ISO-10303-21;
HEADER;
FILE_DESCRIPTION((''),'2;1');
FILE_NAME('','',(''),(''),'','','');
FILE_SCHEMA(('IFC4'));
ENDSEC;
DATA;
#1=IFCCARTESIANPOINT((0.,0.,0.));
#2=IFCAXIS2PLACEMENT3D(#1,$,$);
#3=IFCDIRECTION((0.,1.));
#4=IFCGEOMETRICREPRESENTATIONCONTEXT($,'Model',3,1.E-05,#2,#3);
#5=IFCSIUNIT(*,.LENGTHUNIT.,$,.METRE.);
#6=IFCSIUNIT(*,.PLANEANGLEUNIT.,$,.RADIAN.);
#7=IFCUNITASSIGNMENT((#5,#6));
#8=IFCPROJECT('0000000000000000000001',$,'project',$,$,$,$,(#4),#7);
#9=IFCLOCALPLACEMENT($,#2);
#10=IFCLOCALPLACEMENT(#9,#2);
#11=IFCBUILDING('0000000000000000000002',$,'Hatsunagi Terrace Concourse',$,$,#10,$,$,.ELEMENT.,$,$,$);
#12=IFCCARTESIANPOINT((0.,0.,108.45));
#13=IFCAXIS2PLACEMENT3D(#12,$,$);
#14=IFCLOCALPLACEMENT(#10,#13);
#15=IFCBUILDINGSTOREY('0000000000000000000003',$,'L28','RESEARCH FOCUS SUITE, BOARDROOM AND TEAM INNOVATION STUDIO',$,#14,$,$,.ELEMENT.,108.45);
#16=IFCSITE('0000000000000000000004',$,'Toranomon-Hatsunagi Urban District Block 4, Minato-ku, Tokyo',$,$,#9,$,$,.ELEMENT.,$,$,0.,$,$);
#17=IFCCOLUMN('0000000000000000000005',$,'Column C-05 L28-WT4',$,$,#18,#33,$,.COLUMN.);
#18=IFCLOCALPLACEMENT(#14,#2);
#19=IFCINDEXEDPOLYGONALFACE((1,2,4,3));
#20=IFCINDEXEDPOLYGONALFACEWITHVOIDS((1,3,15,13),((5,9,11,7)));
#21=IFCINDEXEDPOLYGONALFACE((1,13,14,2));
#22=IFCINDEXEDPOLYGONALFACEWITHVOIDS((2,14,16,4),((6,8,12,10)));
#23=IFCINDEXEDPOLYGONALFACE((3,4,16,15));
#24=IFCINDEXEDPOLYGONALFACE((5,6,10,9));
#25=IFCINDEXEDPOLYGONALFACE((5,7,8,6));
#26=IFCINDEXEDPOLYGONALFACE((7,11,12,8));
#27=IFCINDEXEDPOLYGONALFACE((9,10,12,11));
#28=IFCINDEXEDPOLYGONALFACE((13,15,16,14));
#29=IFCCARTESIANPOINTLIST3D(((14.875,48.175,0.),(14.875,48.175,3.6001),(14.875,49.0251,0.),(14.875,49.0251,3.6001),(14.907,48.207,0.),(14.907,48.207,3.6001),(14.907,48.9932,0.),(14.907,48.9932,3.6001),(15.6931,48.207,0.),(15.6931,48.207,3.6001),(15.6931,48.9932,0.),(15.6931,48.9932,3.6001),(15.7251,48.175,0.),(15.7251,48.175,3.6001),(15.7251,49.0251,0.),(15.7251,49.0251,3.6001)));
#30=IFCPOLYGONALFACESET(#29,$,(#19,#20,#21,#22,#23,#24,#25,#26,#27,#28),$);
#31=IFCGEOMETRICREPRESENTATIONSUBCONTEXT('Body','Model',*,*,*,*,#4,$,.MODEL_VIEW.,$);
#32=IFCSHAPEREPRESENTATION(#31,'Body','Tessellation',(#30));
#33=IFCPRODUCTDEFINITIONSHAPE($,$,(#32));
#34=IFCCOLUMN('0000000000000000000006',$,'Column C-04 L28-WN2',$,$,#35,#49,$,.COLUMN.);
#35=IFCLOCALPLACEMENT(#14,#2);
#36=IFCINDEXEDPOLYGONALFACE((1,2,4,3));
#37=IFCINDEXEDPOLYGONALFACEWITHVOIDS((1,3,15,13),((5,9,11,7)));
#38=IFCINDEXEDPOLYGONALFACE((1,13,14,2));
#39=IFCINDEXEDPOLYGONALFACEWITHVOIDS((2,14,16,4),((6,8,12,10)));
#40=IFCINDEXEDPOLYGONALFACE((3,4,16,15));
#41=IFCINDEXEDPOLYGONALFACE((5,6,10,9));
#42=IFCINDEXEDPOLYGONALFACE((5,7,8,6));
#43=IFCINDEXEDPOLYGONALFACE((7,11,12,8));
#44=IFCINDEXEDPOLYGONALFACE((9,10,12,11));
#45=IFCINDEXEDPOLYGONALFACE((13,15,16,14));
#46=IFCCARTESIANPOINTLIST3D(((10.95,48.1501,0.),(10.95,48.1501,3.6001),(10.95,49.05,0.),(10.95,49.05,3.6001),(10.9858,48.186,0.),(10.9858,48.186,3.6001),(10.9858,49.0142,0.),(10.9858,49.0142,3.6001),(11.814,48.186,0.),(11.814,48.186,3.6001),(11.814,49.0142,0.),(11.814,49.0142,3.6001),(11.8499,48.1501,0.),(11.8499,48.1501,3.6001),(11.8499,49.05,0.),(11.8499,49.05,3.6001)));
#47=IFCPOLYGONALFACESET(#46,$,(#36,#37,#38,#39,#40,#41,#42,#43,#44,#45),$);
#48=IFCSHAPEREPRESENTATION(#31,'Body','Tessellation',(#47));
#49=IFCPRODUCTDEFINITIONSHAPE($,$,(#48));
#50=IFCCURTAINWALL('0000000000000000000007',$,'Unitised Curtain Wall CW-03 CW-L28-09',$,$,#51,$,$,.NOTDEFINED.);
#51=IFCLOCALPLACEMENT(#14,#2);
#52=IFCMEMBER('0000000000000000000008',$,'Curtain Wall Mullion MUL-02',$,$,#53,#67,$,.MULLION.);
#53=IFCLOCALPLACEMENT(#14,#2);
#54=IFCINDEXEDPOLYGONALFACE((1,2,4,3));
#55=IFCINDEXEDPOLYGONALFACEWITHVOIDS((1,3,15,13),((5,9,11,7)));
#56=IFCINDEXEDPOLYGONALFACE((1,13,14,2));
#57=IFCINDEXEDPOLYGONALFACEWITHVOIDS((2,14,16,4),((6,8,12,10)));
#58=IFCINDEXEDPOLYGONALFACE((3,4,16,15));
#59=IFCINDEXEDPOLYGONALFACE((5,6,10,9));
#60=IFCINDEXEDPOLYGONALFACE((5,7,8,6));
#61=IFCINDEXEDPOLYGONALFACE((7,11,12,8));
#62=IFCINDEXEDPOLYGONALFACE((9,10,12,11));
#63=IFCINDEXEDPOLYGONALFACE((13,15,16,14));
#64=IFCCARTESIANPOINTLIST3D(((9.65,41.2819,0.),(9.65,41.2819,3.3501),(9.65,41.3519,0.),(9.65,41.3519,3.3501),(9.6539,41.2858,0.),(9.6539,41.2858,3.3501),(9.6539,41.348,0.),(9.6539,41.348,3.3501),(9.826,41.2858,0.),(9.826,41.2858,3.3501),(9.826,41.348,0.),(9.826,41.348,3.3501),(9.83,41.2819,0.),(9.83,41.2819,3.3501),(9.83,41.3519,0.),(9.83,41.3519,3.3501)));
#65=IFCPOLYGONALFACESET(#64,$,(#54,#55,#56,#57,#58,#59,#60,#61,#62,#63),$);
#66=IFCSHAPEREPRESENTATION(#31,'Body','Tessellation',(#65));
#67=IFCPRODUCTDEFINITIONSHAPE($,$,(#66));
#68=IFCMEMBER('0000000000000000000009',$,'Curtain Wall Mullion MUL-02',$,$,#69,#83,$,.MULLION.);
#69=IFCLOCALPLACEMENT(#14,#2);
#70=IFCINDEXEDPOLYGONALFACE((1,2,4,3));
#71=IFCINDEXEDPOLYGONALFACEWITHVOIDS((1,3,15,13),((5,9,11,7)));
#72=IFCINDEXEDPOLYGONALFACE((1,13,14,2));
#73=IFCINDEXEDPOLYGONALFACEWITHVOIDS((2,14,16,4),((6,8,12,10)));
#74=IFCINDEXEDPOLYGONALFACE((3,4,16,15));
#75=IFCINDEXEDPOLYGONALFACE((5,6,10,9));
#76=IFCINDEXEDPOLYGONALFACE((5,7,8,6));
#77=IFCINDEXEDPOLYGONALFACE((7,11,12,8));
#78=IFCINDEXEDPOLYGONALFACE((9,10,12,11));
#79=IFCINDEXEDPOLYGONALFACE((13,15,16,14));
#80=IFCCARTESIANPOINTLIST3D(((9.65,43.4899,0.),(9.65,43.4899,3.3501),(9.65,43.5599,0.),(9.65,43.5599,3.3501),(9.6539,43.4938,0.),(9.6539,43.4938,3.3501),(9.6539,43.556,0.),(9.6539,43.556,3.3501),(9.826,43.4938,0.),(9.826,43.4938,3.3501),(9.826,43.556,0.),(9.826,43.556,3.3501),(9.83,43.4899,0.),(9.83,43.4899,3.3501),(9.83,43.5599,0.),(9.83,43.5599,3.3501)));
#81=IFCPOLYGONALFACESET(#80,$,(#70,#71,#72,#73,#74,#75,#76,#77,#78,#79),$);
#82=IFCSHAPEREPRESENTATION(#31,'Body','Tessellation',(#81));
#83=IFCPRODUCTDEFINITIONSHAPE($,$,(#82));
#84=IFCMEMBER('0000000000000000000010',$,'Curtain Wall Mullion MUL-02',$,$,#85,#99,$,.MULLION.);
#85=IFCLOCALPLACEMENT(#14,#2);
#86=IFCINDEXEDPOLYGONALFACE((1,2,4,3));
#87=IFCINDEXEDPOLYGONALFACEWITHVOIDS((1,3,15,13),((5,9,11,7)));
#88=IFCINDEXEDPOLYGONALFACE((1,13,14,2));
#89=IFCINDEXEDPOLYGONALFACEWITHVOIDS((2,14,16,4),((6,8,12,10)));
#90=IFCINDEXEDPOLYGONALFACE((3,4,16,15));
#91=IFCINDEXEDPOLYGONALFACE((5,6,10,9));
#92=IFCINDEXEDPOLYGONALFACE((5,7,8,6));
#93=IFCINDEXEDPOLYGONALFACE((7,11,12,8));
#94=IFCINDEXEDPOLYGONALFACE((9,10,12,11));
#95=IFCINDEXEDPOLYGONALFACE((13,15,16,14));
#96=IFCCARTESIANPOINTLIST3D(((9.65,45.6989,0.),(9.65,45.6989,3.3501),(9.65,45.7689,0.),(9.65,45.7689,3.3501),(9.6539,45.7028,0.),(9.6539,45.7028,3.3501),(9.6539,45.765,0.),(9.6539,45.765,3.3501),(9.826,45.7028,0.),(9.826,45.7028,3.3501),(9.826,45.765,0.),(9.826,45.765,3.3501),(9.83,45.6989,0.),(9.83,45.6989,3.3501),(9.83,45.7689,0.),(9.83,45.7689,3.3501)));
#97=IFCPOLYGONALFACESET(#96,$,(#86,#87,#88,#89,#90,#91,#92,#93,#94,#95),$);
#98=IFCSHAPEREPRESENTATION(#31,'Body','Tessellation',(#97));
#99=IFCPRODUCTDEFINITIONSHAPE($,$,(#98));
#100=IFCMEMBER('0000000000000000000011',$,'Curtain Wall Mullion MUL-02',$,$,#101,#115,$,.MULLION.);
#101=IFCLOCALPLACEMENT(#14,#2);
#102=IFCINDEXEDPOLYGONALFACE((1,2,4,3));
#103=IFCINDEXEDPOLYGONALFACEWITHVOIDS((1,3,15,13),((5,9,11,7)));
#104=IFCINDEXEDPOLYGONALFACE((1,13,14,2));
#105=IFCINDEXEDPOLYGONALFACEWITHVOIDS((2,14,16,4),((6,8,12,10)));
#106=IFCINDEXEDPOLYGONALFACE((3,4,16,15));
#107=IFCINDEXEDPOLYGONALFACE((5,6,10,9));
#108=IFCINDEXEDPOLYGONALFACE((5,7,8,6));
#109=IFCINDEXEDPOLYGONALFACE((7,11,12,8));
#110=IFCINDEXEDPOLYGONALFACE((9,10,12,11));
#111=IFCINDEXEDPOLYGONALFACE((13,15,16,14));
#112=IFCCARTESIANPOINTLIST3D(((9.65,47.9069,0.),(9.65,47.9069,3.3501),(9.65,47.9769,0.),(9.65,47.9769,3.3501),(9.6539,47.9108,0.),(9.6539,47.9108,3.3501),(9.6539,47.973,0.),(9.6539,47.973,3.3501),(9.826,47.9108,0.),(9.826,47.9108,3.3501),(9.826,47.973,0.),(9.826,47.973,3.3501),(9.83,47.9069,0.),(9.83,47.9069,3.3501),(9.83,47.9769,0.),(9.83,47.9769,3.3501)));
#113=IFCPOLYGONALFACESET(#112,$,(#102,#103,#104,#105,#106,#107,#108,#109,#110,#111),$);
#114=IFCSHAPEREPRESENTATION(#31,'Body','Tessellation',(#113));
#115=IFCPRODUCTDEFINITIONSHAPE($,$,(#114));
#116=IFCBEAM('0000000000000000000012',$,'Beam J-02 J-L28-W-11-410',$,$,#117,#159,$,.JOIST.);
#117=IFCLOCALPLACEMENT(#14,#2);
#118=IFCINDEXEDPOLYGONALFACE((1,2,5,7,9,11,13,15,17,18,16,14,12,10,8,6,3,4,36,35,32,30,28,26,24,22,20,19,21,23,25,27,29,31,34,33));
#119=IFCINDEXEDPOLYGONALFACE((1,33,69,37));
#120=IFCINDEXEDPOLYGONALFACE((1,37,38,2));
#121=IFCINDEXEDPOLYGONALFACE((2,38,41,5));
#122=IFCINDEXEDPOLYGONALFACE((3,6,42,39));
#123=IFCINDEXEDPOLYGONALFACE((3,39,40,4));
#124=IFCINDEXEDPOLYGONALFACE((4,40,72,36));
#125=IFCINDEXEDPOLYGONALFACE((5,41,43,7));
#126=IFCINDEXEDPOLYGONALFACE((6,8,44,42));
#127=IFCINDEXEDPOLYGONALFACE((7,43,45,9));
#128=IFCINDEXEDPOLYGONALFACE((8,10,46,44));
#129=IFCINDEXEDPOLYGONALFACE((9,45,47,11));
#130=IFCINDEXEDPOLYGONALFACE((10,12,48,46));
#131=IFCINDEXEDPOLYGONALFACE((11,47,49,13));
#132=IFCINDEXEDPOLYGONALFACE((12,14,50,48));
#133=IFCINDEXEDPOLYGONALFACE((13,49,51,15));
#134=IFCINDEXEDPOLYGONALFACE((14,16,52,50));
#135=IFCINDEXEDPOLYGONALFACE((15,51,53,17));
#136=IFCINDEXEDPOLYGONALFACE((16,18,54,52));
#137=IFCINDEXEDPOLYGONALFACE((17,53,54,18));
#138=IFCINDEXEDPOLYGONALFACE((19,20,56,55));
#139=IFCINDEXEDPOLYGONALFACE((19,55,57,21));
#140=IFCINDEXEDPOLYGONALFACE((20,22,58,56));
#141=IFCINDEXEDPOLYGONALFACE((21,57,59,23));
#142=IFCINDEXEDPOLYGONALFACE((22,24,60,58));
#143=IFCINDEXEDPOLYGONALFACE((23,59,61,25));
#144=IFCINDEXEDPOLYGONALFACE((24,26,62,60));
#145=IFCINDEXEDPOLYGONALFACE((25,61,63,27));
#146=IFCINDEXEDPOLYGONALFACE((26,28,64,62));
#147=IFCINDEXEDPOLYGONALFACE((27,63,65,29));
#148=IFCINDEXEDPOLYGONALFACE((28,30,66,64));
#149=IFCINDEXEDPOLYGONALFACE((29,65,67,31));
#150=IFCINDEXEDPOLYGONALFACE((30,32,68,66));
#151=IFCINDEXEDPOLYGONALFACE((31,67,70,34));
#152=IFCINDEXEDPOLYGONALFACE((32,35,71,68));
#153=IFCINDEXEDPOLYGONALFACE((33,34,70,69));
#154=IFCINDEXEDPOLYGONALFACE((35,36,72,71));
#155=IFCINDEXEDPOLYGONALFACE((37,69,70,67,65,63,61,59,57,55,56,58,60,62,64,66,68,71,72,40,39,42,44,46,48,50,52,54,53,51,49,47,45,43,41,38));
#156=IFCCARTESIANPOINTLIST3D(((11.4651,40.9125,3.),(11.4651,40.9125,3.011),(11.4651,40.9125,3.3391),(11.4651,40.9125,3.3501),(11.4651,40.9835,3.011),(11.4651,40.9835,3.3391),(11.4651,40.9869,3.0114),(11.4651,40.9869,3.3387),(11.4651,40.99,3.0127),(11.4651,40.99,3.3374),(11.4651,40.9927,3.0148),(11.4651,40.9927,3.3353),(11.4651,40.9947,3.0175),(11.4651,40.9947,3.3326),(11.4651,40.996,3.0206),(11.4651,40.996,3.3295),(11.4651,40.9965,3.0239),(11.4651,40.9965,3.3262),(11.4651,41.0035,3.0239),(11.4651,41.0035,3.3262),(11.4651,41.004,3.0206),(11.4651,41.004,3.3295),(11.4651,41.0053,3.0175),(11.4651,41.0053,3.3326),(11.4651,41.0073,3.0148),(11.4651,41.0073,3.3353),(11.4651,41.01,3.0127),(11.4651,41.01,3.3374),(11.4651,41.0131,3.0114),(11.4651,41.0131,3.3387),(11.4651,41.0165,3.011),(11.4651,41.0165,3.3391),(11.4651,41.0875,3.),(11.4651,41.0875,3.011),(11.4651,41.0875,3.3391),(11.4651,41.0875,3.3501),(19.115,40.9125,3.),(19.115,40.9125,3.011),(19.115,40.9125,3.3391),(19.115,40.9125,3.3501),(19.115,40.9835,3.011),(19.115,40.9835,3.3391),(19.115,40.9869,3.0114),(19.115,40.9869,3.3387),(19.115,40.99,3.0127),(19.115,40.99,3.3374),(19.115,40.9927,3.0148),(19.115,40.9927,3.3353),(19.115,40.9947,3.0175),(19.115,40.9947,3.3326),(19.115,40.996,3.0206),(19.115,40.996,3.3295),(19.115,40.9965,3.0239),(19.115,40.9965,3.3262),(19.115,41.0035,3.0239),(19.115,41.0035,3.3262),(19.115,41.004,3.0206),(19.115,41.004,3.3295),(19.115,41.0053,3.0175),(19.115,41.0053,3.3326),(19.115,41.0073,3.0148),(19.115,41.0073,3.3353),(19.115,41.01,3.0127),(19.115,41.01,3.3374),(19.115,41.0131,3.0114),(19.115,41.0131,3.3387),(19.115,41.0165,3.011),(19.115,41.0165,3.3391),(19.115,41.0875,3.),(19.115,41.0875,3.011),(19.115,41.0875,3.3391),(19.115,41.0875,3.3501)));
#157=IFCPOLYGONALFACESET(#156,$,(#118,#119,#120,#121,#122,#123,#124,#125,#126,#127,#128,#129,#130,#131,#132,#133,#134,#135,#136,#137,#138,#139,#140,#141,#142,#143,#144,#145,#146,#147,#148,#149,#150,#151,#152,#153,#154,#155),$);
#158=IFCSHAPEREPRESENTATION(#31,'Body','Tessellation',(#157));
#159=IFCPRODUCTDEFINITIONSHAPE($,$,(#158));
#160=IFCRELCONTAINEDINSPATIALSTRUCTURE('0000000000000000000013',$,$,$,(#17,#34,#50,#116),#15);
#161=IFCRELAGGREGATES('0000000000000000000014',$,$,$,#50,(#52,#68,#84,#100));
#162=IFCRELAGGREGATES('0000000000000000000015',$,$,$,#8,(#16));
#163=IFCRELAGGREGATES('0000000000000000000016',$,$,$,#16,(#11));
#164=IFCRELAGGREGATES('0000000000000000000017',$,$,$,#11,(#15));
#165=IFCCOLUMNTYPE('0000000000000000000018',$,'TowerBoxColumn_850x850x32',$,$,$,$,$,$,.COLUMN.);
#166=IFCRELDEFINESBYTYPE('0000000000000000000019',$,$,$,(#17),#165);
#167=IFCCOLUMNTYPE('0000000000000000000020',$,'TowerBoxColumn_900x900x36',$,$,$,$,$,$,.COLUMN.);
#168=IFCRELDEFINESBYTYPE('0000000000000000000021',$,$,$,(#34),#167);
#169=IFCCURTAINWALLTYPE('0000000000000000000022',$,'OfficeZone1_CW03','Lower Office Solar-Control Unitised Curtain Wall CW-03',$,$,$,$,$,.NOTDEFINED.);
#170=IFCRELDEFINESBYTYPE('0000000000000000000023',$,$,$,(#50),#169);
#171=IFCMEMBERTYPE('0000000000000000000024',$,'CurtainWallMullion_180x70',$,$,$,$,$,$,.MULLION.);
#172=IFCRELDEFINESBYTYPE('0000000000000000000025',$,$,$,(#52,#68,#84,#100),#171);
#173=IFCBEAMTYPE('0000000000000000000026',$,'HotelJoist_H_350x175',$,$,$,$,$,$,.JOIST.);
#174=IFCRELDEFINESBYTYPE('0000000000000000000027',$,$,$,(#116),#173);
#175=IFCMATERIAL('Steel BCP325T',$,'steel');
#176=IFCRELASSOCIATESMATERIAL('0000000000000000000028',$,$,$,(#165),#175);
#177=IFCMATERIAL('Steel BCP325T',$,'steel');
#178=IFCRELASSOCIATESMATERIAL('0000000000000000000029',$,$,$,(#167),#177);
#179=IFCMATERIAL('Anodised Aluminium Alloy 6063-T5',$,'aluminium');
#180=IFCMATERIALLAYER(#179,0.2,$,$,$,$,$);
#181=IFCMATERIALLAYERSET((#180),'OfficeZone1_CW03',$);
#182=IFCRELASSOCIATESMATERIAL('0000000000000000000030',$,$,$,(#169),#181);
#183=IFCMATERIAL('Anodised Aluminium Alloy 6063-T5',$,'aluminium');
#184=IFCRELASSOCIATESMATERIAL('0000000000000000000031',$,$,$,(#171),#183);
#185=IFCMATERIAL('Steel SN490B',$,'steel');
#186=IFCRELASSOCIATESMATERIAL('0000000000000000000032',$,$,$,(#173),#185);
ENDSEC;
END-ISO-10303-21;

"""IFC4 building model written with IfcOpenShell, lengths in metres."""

from ifc_helpers import new_model, si_unit, direction, frame, origin, origin_2d, place, context, subcontext, project, spatial, hollow_rectangle, i_section, extrude, material, layer, layer_set, material_profile, profile_set, type_object, element, aggregate, save


model = new_model("IFC4")

# Units and contexts
model_context = context("Model", 3, precision=1e-05, world=origin(), true_north=direction((0.0, 1.0)))
body_context = subcontext(model_context, "Body", "Model", "MODEL_VIEW")
ifc_project = project(units=[si_unit("LENGTHUNIT", "METRE"), si_unit("PLANEANGLEUNIT", "RADIAN")], contexts=[model_context])

# Site, building, storey
site_placement = place(None, origin())
site = spatial("IfcSite", under=ifc_project, at=site_placement, Name="Toranomon-Hatsunagi Urban District Block 4, Minato-ku, Tokyo", CompositionType="ELEMENT", RefElevation=0.0)
building_placement = place(site_placement, origin())
building = spatial("IfcBuilding", under=site, at=building_placement, Name="Hatsunagi Terrace Concourse", CompositionType="ELEMENT")
storey_placement = place(building_placement, frame((0.0, 0.0, 108.45)))
storey = spatial("IfcBuildingStorey", under=building, at=storey_placement, Name="L28", Description="RESEARCH FOCUS SUITE, BOARDROOM AND TEAM INNOVATION STUDIO", CompositionType="ELEMENT", Elevation=108.45)

# Columns
ifc_material_1 = material(Name="Steel BCP325T", Category="steel")
ifc_material_profile_1 = material_profile(ifc_material_1, hollow_rectangle(XDim=0.8501, YDim=0.8501, WallThickness=0.032, at=origin_2d()), Name="BCP-850x850x32")
ifc_profile_set_1 = profile_set([ifc_material_profile_1], Name="Steel BCP325T")
column_type_1 = type_object("IfcColumnType", Name="TowerBoxColumn_850x850x32", PredefinedType="COLUMN", material=ifc_profile_set_1)
column_1_placement = place(storey_placement, frame((15.3, 48.6001, 0.0), z_axis=(0.0, 0.0, 1.0), x_axis=(1.0, 0.0, 0.0)))
element("IfcColumn", 1, at=column_1_placement, inside=storey, type_object=column_type_1, Name="Column C-05 L28-WT4", PredefinedType="COLUMN", context=body_context, shape_type="SweptSolid", body=[
    extrude(hollow_rectangle(XDim=0.8501, YDim=0.8501, WallThickness=0.032, at=origin_2d()), origin(), (0.0, 0.0, 1.0), 3.6001),
])
ifc_material_2 = material(Name="Steel BCP325T", Category="steel")
ifc_material_profile_2 = material_profile(ifc_material_2, hollow_rectangle(XDim=0.8999, YDim=0.8999, WallThickness=0.0359, at=origin_2d()), Name="BCP-900x900x36")
ifc_profile_set_2 = profile_set([ifc_material_profile_2], Name="Steel BCP325T")
column_type_2 = type_object("IfcColumnType", Name="TowerBoxColumn_900x900x36", PredefinedType="COLUMN", material=ifc_profile_set_2)
column_2_placement = place(storey_placement, frame((11.3999, 48.6001, 0.0), z_axis=(0.0, 0.0, 1.0), x_axis=(1.0, 0.0, 0.0)))
element("IfcColumn", 2, at=column_2_placement, inside=storey, type_object=column_type_2, Name="Column C-04 L28-WN2", PredefinedType="COLUMN", context=body_context, shape_type="SweptSolid", body=[
    extrude(hollow_rectangle(XDim=0.8999, YDim=0.8999, WallThickness=0.0359, at=origin_2d()), origin(), (0.0, 0.0, 1.0), 3.6001),
])

# Curtain wall, members
ifc_material_3 = material(Name="Anodised Aluminium Alloy 6063-T5", Category="aluminium")
ifc_layer_1 = layer(ifc_material_3, 0.2)
ifc_layer_set_1 = layer_set([ifc_layer_1], Name="OfficeZone1_CW03")
curtain_wall_type = type_object("IfcCurtainWallType", Name="OfficeZone1_CW03", Description="Lower Office Solar-Control Unitised Curtain Wall CW-03", PredefinedType="NOTDEFINED", material=ifc_layer_set_1)
curtain_wall_placement = place(storey_placement, origin())
curtain_wall = element("IfcCurtainWall", 3, at=curtain_wall_placement, inside=storey, type_object=curtain_wall_type, Name="Unitised Curtain Wall CW-03 CW-L28-09", PredefinedType="NOTDEFINED")
ifc_material_4 = material(Name="Anodised Aluminium Alloy 6063-T5", Category="aluminium")
ifc_material_profile_3 = material_profile(ifc_material_4, hollow_rectangle(XDim=0.0701, YDim=0.1799, WallThickness=0.0039, at=origin_2d()), Name="ALU-MUL-180x70x4")
ifc_profile_set_3 = profile_set([ifc_material_profile_3], Name="Anodised Aluminium Alloy 6063-T5")
member_type = type_object("IfcMemberType", Name="CurtainWallMullion_180x70", PredefinedType="MULLION", material=ifc_profile_set_3)
member_1_placement = place(storey_placement, frame((9.74, 41.3169, 0.0), z_axis=(0.0, 0.0, 1.0), x_axis=(0.0, 1.0, 0.0)))
member_1 = element("IfcMember", 4, at=member_1_placement, type_object=member_type, Name="Curtain Wall Mullion MUL-02", PredefinedType="MULLION", context=body_context, shape_type="SweptSolid", body=[
    extrude(hollow_rectangle(XDim=0.0701, YDim=0.1799, WallThickness=0.0039, at=origin_2d()), origin(), (0.0, 0.0, 1.0), 3.3501),
])
member_2_placement = place(storey_placement, frame((9.74, 43.5249, 0.0), z_axis=(0.0, 0.0, 1.0), x_axis=(0.0, 1.0, 0.0)))
member_2 = element("IfcMember", 5, at=member_2_placement, type_object=member_type, Name="Curtain Wall Mullion MUL-02", PredefinedType="MULLION", context=body_context, shape_type="SweptSolid", body=[
    extrude(hollow_rectangle(XDim=0.0701, YDim=0.1799, WallThickness=0.0039, at=origin_2d()), origin(), (0.0, 0.0, 1.0), 3.3501),
])
member_3_placement = place(storey_placement, frame((9.74, 45.7339, 0.0), z_axis=(0.0, 0.0, 1.0), x_axis=(0.0, 1.0, 0.0)))
member_3 = element("IfcMember", 6, at=member_3_placement, type_object=member_type, Name="Curtain Wall Mullion MUL-02", PredefinedType="MULLION", context=body_context, shape_type="SweptSolid", body=[
    extrude(hollow_rectangle(XDim=0.0701, YDim=0.1799, WallThickness=0.0039, at=origin_2d()), origin(), (0.0, 0.0, 1.0), 3.3501),
])
member_4_placement = place(storey_placement, frame((9.74, 47.9419, 0.0), z_axis=(0.0, 0.0, 1.0), x_axis=(0.0, 1.0, 0.0)))
member_4 = element("IfcMember", 7, at=member_4_placement, type_object=member_type, Name="Curtain Wall Mullion MUL-02", PredefinedType="MULLION", context=body_context, shape_type="SweptSolid", body=[
    extrude(hollow_rectangle(XDim=0.0701, YDim=0.1799, WallThickness=0.0039, at=origin_2d()), origin(), (0.0, 0.0, 1.0), 3.3501),
])

# Beam
ifc_material_5 = material(Name="Steel SN490B", Category="steel")
ifc_material_profile_4 = material_profile(ifc_material_5, i_section(OverallWidth=0.175, OverallDepth=0.3501, WebThickness=0.0071, FlangeThickness=0.011, FilletRadius=0.0129, at=origin_2d()), Name="H-350x175x7x11")
ifc_profile_set_4 = profile_set([ifc_material_profile_4], Name="Steel SN490B")
beam_type_1 = type_object("IfcBeamType", Name="HotelJoist_H_350x175", PredefinedType="JOIST", material=ifc_profile_set_4)
for number, where, z_axis, x_axis, name in (
    (8, (11.4651, 41.0, 3.175), (1.0, 0.0, 0.0), (0.0, 1.0, 0.0), "Beam J-02 J-L28-W-11-410"),
):
    element("IfcBeam", number, at=place(storey_placement, frame(where, z_axis=z_axis, x_axis=x_axis)), inside=storey, type_object=beam_type_1, Name=name, PredefinedType="JOIST", context=body_context, shape_type="SweptSolid", body=[
        extrude(i_section(OverallWidth=0.175, OverallDepth=0.3501, WebThickness=0.0071, FlangeThickness=0.011, FilletRadius=0.0129, at=origin_2d()), origin(), (0.0, 0.0, 1.0), 7.6499),
    ])

aggregate(curtain_wall, [member_1, member_2, member_3, member_4])

save(model, "model.ifc")
